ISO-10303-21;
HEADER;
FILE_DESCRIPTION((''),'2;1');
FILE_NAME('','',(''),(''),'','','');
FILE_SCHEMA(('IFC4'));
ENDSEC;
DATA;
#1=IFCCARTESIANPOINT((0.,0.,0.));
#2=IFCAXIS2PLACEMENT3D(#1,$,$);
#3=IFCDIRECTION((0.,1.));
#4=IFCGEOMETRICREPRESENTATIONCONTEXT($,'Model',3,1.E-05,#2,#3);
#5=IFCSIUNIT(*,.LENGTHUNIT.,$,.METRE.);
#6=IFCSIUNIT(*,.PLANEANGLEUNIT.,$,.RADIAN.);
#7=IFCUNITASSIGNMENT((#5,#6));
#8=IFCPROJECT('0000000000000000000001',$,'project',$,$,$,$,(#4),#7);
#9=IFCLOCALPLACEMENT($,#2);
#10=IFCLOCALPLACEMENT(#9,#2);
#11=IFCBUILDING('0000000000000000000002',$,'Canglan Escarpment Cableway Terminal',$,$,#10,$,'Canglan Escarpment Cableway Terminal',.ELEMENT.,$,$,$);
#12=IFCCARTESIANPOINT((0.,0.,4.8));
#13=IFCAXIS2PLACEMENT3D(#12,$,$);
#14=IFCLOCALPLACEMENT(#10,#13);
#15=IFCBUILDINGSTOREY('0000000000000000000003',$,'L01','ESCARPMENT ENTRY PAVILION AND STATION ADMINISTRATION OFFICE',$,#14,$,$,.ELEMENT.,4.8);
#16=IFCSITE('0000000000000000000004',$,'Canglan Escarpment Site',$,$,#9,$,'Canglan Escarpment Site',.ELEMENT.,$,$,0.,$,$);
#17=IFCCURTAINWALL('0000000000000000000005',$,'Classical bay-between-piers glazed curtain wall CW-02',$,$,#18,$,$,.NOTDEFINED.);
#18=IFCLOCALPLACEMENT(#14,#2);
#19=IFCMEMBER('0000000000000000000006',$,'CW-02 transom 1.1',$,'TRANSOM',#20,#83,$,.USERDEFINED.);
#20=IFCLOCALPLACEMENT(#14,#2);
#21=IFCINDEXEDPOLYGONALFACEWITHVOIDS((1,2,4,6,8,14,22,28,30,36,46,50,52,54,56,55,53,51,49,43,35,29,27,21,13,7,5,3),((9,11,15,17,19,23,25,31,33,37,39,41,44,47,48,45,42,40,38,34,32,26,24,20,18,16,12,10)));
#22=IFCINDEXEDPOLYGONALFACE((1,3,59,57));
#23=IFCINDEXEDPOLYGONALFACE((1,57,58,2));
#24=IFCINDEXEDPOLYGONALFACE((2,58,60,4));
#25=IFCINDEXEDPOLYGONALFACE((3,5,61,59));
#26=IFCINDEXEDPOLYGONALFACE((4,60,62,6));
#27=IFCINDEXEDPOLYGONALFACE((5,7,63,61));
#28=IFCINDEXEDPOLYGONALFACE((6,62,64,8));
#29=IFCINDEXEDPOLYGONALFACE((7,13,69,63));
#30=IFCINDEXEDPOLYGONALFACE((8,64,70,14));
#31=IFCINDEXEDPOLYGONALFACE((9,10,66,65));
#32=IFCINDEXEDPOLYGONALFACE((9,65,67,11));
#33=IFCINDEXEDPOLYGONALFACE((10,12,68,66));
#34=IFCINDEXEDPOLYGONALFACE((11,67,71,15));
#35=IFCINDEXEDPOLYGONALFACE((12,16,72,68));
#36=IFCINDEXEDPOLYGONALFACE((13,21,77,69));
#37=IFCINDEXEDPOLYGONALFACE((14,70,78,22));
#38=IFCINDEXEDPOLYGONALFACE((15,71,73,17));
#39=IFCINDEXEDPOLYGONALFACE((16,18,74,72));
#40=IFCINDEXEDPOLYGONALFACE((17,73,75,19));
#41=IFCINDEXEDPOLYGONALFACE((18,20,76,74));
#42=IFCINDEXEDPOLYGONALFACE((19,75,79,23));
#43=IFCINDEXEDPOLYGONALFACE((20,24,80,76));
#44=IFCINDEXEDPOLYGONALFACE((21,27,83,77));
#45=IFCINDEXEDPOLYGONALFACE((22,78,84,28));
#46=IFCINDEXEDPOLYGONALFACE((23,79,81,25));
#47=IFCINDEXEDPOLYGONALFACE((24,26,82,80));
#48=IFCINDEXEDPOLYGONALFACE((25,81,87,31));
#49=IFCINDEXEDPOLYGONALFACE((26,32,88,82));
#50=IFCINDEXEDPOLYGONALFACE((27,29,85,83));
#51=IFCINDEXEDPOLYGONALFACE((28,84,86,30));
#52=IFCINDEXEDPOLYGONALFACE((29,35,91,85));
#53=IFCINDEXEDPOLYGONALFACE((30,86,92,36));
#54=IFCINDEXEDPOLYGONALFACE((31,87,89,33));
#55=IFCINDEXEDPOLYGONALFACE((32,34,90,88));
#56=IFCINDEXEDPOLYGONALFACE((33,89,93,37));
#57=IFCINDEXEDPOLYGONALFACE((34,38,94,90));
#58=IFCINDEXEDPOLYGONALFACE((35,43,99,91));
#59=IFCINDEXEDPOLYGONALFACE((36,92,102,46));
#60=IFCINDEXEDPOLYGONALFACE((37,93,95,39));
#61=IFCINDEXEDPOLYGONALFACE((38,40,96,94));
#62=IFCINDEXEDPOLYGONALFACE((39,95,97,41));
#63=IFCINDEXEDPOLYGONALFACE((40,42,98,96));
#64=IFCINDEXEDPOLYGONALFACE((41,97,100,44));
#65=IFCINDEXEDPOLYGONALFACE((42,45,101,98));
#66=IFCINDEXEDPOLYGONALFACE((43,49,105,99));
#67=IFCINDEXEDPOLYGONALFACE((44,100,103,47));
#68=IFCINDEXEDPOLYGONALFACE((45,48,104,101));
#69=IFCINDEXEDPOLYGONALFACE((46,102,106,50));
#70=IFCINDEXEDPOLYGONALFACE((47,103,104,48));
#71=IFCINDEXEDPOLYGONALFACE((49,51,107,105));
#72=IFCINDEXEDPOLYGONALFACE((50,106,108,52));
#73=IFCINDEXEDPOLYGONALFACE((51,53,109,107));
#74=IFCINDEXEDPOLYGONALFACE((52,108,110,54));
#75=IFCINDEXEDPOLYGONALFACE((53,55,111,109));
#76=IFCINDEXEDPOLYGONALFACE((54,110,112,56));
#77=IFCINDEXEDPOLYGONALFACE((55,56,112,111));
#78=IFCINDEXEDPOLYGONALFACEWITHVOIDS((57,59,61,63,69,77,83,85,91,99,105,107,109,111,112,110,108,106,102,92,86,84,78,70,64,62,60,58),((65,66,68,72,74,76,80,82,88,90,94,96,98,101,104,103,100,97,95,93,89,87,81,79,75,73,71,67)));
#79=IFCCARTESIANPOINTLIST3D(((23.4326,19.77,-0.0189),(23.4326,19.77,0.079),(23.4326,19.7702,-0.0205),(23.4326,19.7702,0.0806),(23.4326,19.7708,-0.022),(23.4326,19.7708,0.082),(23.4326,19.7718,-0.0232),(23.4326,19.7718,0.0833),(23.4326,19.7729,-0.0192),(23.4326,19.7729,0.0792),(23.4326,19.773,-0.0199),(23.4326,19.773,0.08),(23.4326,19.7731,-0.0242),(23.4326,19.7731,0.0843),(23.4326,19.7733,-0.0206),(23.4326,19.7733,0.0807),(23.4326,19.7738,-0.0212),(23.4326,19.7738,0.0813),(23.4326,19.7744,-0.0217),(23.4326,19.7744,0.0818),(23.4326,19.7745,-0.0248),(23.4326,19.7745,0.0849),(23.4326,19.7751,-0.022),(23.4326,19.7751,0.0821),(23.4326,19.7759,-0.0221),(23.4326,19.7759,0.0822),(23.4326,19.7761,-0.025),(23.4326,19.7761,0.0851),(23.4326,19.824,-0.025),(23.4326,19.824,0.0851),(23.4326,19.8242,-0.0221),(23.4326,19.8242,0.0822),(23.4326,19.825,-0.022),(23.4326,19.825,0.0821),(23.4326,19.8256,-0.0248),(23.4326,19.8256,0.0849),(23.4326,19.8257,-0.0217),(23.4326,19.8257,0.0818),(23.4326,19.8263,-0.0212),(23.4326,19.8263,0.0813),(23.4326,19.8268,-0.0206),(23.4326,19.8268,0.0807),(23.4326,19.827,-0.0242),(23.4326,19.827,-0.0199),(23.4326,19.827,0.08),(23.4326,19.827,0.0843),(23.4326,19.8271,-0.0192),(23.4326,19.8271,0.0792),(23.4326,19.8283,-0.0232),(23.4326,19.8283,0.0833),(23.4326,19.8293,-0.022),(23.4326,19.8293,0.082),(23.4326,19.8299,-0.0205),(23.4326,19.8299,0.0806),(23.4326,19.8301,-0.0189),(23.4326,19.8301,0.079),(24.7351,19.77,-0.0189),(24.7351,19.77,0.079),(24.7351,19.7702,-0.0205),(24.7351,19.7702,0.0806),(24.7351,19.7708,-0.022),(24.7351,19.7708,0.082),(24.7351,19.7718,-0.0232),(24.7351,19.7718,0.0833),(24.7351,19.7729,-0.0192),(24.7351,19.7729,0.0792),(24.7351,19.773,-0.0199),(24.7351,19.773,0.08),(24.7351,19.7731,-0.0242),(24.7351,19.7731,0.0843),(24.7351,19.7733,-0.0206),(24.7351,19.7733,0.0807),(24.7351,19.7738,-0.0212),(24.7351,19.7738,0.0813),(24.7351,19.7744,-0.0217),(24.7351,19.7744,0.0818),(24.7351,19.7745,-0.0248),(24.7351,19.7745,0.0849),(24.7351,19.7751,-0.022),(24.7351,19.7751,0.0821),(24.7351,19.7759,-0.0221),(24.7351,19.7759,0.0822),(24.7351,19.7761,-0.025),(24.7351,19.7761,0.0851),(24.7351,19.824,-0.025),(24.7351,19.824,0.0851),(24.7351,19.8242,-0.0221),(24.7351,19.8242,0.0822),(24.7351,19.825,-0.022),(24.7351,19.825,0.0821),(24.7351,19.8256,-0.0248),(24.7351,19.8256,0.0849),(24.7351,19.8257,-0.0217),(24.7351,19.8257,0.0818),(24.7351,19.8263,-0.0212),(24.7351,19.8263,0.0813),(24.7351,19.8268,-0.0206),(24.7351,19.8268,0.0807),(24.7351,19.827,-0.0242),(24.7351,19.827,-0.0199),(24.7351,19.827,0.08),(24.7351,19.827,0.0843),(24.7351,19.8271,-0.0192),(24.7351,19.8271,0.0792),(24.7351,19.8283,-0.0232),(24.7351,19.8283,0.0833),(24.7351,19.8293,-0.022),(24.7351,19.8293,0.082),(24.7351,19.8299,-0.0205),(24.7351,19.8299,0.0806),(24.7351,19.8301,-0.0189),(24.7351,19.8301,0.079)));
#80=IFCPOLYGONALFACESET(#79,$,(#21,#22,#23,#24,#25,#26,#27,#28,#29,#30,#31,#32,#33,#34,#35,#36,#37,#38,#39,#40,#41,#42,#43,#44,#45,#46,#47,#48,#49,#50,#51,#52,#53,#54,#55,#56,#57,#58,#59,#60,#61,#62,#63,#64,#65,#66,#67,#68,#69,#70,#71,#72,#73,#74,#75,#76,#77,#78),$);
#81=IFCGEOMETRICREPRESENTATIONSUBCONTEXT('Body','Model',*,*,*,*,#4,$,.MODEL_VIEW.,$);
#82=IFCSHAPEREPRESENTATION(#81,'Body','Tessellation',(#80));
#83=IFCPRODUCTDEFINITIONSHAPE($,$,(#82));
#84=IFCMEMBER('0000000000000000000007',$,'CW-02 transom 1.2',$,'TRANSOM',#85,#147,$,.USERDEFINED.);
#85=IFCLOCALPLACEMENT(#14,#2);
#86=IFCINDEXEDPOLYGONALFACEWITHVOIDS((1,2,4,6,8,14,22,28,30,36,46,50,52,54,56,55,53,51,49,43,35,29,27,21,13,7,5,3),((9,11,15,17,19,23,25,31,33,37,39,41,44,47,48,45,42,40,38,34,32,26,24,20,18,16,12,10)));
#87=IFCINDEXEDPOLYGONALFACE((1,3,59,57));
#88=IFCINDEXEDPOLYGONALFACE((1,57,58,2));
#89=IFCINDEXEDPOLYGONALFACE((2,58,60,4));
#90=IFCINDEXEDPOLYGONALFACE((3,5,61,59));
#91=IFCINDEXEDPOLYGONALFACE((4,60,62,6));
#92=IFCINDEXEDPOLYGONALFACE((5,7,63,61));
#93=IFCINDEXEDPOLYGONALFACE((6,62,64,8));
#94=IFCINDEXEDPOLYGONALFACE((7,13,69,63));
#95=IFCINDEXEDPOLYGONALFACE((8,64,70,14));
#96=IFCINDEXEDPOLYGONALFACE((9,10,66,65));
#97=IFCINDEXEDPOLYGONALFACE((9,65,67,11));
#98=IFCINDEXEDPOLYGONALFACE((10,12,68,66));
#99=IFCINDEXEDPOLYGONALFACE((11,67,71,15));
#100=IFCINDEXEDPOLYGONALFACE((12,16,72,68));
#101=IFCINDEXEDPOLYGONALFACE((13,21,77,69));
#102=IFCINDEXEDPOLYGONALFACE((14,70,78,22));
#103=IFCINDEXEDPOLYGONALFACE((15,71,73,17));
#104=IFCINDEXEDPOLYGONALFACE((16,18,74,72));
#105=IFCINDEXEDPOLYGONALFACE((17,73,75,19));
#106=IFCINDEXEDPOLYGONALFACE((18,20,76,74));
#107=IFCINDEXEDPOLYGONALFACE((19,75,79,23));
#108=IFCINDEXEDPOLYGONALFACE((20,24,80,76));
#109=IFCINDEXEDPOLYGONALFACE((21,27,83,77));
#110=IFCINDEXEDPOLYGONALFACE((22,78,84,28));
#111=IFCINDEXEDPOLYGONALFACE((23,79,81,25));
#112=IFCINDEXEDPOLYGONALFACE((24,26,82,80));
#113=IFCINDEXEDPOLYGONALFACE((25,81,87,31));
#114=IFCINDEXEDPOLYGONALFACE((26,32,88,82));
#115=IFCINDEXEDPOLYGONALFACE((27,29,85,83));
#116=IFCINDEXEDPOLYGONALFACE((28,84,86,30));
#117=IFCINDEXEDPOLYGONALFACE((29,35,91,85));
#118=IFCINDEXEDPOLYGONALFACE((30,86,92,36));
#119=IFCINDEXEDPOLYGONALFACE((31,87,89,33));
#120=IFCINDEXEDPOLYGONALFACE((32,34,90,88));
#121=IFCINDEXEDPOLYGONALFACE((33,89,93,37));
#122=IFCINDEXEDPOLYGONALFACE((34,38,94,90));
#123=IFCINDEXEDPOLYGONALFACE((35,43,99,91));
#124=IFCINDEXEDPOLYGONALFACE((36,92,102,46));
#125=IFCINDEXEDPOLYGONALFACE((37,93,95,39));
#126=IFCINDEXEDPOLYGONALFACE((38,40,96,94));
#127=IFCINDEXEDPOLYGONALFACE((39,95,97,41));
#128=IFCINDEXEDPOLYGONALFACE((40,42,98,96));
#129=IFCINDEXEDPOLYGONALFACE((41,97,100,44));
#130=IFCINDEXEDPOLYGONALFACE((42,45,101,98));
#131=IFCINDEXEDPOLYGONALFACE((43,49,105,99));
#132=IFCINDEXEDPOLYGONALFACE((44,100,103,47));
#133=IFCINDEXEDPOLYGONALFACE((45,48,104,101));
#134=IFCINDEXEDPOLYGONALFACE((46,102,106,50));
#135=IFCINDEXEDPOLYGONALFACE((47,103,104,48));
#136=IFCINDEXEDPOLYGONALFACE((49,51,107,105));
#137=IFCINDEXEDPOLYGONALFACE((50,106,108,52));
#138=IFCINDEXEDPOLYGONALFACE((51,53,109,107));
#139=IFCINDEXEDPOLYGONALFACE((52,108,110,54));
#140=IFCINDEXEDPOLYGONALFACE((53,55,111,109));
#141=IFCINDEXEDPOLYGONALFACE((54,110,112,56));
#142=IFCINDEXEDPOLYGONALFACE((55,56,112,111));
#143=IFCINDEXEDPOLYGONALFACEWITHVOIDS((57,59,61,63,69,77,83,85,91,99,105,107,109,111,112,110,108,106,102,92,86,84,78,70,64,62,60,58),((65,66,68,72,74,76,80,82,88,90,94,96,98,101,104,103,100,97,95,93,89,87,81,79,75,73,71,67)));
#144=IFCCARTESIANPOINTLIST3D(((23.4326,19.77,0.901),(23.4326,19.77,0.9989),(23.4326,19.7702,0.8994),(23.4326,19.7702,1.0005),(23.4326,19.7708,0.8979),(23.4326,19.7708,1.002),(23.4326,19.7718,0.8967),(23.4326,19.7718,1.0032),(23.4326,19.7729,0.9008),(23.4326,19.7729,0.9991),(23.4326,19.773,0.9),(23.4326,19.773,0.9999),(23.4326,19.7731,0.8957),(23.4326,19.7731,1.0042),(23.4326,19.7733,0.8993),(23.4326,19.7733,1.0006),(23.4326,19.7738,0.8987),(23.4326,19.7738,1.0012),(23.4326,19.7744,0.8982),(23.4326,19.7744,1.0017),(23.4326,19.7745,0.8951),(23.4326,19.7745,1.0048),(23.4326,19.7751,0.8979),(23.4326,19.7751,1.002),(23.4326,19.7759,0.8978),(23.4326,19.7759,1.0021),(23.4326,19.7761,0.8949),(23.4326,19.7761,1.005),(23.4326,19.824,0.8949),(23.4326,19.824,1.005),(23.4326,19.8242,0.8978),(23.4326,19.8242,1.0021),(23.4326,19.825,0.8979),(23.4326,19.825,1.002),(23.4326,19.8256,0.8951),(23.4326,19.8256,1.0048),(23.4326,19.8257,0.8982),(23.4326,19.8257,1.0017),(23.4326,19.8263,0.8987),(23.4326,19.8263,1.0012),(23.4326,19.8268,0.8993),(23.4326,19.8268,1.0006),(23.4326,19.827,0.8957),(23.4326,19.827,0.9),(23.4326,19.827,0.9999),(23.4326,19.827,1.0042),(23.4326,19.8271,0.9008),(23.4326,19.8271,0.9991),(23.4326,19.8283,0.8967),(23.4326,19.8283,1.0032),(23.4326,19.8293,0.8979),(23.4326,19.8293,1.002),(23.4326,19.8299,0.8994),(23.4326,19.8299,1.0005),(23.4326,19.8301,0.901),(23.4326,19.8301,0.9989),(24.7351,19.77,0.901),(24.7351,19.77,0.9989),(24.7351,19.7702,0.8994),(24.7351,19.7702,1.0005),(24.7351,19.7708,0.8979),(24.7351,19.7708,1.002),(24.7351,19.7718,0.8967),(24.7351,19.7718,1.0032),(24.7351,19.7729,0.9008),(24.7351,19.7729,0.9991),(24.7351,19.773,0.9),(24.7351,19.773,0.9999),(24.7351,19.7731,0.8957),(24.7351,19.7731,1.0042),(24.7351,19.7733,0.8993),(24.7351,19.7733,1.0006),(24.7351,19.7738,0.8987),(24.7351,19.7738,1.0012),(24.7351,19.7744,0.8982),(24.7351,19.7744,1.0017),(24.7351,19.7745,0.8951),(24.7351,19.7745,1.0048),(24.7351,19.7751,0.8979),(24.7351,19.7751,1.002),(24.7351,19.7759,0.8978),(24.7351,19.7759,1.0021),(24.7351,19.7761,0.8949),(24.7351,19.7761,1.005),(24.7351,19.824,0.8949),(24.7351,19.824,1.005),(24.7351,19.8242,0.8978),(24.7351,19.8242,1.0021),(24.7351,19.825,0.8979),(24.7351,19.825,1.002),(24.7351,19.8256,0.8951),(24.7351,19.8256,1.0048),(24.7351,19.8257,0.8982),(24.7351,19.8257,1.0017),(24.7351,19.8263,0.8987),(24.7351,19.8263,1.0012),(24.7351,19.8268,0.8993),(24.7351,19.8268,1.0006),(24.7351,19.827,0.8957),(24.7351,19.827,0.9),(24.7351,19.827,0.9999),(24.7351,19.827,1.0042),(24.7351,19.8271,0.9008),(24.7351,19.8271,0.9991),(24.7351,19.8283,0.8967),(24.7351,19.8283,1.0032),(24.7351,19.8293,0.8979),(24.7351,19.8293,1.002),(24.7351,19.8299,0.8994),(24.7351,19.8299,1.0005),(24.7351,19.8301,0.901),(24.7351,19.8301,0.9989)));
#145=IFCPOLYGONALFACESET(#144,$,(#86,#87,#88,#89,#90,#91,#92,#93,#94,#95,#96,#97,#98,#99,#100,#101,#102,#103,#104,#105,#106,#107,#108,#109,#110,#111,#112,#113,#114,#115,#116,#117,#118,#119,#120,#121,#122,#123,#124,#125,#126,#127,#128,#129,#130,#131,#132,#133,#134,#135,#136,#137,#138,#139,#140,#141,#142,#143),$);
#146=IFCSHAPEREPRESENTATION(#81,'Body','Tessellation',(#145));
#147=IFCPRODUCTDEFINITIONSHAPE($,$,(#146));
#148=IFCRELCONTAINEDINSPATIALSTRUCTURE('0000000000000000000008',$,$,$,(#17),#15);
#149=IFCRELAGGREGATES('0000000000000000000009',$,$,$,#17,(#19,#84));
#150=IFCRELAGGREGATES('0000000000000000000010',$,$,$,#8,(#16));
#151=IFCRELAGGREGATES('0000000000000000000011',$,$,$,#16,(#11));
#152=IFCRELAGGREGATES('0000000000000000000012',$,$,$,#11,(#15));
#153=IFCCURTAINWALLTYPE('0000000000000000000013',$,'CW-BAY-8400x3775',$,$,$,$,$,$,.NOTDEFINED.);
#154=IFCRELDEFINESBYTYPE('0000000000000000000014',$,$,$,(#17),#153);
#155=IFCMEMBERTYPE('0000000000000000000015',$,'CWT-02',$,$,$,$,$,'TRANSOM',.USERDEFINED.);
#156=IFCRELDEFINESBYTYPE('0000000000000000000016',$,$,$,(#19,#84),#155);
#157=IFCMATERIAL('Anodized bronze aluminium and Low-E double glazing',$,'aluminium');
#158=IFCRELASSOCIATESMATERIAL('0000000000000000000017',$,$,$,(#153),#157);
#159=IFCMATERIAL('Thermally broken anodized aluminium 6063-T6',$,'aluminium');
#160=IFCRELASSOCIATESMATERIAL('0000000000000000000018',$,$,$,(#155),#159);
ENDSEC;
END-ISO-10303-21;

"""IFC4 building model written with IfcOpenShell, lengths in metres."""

from ifc_helpers import new_model, si_unit, direction, frame, origin, origin_2d, place, context, subcontext, project, spatial, hollow_rectangle, extrude, material, material_profile, profile_set, type_object, element, aggregate, save


model = new_model("IFC4")

# Units and contexts
model_context = context("Model", 3, precision=1e-05, world=origin(), true_north=direction((0.0, 1.0)))
body_context = subcontext(model_context, "Body", "Model", "MODEL_VIEW")
ifc_project = project(units=[si_unit("LENGTHUNIT", "METRE"), si_unit("PLANEANGLEUNIT", "RADIAN")], contexts=[model_context])

# Site, building, storey
site_placement = place(None, origin())
site = spatial("IfcSite", under=ifc_project, at=site_placement, Name="Canglan Escarpment Site", LongName="Canglan Escarpment Site", CompositionType="ELEMENT", RefElevation=0.0)
building_placement = place(site_placement, origin())
building = spatial("IfcBuilding", under=site, at=building_placement, Name="Canglan Escarpment Cableway Terminal", LongName="Canglan Escarpment Cableway Terminal", CompositionType="ELEMENT")
storey_placement = place(building_placement, frame((0.0, 0.0, 4.8)))
storey = spatial("IfcBuildingStorey", under=building, at=storey_placement, Name="L01", Description="ESCARPMENT ENTRY PAVILION AND STATION ADMINISTRATION OFFICE", CompositionType="ELEMENT", Elevation=4.8)

# Curtain wall, members
ifc_material_1 = material(Name="Anodized bronze aluminium and Low-E double glazing", Category="aluminium")
curtain_wall_type = type_object("IfcCurtainWallType", Name="CW-BAY-8400x3775", PredefinedType="NOTDEFINED", material=ifc_material_1)
curtain_wall_placement = place(storey_placement, origin())
curtain_wall = element("IfcCurtainWall", 1, at=curtain_wall_placement, inside=storey, type_object=curtain_wall_type, Name="Classical bay-between-piers glazed curtain wall CW-02", PredefinedType="NOTDEFINED")
ifc_material_2 = material(Name="Thermally broken anodized aluminium 6063-T6", Category="aluminium")
ifc_material_profile_1 = material_profile(ifc_material_2, hollow_rectangle(XDim=0.0601, YDim=0.1101, WallThickness=0.0029, InnerFilletRadius=0.0029, OuterFilletRadius=0.0061, at=origin_2d()), Name="ALU-TRAN 60x110x3")
ifc_profile_set_1 = profile_set([ifc_material_profile_1], Name="Thermally broken anodized aluminium 6063-T6")
member_type_1 = type_object("IfcMemberType", Name="CWT-02", ElementType="TRANSOM", PredefinedType="USERDEFINED", material=ifc_profile_set_1)
member_1_placement = place(storey_placement, frame((24.7351, 19.8, 0.03), z_axis=(-1.0, 0.0, 0.0), x_axis=(0.0, -1.0, 0.0)))
member_1 = element("IfcMember", 2, at=member_1_placement, type_object=member_type_1, Name="CW-02 transom 1.1", ObjectType="TRANSOM", PredefinedType="USERDEFINED", context=body_context, shape_type="SweptSolid", body=[
    extrude(hollow_rectangle(XDim=0.0601, YDim=0.1101, WallThickness=0.0029, InnerFilletRadius=0.0029, OuterFilletRadius=0.0061, at=origin_2d()), origin(), (0.0, 0.0, 1.0), 1.3025),
])
member_2_placement = place(storey_placement, frame((24.7351, 19.8, 0.95), z_axis=(-1.0, 0.0, 0.0), x_axis=(0.0, -1.0, 0.0)))
member_2 = element("IfcMember", 3, at=member_2_placement, type_object=member_type_1, Name="CW-02 transom 1.2", ObjectType="TRANSOM", PredefinedType="USERDEFINED", context=body_context, shape_type="SweptSolid", body=[
    extrude(hollow_rectangle(XDim=0.0601, YDim=0.1101, WallThickness=0.0029, InnerFilletRadius=0.0029, OuterFilletRadius=0.0061, at=origin_2d()), origin(), (0.0, 0.0, 1.0), 1.3025),
])

aggregate(curtain_wall, [member_1, member_2])

save(model, "model.ifc")
